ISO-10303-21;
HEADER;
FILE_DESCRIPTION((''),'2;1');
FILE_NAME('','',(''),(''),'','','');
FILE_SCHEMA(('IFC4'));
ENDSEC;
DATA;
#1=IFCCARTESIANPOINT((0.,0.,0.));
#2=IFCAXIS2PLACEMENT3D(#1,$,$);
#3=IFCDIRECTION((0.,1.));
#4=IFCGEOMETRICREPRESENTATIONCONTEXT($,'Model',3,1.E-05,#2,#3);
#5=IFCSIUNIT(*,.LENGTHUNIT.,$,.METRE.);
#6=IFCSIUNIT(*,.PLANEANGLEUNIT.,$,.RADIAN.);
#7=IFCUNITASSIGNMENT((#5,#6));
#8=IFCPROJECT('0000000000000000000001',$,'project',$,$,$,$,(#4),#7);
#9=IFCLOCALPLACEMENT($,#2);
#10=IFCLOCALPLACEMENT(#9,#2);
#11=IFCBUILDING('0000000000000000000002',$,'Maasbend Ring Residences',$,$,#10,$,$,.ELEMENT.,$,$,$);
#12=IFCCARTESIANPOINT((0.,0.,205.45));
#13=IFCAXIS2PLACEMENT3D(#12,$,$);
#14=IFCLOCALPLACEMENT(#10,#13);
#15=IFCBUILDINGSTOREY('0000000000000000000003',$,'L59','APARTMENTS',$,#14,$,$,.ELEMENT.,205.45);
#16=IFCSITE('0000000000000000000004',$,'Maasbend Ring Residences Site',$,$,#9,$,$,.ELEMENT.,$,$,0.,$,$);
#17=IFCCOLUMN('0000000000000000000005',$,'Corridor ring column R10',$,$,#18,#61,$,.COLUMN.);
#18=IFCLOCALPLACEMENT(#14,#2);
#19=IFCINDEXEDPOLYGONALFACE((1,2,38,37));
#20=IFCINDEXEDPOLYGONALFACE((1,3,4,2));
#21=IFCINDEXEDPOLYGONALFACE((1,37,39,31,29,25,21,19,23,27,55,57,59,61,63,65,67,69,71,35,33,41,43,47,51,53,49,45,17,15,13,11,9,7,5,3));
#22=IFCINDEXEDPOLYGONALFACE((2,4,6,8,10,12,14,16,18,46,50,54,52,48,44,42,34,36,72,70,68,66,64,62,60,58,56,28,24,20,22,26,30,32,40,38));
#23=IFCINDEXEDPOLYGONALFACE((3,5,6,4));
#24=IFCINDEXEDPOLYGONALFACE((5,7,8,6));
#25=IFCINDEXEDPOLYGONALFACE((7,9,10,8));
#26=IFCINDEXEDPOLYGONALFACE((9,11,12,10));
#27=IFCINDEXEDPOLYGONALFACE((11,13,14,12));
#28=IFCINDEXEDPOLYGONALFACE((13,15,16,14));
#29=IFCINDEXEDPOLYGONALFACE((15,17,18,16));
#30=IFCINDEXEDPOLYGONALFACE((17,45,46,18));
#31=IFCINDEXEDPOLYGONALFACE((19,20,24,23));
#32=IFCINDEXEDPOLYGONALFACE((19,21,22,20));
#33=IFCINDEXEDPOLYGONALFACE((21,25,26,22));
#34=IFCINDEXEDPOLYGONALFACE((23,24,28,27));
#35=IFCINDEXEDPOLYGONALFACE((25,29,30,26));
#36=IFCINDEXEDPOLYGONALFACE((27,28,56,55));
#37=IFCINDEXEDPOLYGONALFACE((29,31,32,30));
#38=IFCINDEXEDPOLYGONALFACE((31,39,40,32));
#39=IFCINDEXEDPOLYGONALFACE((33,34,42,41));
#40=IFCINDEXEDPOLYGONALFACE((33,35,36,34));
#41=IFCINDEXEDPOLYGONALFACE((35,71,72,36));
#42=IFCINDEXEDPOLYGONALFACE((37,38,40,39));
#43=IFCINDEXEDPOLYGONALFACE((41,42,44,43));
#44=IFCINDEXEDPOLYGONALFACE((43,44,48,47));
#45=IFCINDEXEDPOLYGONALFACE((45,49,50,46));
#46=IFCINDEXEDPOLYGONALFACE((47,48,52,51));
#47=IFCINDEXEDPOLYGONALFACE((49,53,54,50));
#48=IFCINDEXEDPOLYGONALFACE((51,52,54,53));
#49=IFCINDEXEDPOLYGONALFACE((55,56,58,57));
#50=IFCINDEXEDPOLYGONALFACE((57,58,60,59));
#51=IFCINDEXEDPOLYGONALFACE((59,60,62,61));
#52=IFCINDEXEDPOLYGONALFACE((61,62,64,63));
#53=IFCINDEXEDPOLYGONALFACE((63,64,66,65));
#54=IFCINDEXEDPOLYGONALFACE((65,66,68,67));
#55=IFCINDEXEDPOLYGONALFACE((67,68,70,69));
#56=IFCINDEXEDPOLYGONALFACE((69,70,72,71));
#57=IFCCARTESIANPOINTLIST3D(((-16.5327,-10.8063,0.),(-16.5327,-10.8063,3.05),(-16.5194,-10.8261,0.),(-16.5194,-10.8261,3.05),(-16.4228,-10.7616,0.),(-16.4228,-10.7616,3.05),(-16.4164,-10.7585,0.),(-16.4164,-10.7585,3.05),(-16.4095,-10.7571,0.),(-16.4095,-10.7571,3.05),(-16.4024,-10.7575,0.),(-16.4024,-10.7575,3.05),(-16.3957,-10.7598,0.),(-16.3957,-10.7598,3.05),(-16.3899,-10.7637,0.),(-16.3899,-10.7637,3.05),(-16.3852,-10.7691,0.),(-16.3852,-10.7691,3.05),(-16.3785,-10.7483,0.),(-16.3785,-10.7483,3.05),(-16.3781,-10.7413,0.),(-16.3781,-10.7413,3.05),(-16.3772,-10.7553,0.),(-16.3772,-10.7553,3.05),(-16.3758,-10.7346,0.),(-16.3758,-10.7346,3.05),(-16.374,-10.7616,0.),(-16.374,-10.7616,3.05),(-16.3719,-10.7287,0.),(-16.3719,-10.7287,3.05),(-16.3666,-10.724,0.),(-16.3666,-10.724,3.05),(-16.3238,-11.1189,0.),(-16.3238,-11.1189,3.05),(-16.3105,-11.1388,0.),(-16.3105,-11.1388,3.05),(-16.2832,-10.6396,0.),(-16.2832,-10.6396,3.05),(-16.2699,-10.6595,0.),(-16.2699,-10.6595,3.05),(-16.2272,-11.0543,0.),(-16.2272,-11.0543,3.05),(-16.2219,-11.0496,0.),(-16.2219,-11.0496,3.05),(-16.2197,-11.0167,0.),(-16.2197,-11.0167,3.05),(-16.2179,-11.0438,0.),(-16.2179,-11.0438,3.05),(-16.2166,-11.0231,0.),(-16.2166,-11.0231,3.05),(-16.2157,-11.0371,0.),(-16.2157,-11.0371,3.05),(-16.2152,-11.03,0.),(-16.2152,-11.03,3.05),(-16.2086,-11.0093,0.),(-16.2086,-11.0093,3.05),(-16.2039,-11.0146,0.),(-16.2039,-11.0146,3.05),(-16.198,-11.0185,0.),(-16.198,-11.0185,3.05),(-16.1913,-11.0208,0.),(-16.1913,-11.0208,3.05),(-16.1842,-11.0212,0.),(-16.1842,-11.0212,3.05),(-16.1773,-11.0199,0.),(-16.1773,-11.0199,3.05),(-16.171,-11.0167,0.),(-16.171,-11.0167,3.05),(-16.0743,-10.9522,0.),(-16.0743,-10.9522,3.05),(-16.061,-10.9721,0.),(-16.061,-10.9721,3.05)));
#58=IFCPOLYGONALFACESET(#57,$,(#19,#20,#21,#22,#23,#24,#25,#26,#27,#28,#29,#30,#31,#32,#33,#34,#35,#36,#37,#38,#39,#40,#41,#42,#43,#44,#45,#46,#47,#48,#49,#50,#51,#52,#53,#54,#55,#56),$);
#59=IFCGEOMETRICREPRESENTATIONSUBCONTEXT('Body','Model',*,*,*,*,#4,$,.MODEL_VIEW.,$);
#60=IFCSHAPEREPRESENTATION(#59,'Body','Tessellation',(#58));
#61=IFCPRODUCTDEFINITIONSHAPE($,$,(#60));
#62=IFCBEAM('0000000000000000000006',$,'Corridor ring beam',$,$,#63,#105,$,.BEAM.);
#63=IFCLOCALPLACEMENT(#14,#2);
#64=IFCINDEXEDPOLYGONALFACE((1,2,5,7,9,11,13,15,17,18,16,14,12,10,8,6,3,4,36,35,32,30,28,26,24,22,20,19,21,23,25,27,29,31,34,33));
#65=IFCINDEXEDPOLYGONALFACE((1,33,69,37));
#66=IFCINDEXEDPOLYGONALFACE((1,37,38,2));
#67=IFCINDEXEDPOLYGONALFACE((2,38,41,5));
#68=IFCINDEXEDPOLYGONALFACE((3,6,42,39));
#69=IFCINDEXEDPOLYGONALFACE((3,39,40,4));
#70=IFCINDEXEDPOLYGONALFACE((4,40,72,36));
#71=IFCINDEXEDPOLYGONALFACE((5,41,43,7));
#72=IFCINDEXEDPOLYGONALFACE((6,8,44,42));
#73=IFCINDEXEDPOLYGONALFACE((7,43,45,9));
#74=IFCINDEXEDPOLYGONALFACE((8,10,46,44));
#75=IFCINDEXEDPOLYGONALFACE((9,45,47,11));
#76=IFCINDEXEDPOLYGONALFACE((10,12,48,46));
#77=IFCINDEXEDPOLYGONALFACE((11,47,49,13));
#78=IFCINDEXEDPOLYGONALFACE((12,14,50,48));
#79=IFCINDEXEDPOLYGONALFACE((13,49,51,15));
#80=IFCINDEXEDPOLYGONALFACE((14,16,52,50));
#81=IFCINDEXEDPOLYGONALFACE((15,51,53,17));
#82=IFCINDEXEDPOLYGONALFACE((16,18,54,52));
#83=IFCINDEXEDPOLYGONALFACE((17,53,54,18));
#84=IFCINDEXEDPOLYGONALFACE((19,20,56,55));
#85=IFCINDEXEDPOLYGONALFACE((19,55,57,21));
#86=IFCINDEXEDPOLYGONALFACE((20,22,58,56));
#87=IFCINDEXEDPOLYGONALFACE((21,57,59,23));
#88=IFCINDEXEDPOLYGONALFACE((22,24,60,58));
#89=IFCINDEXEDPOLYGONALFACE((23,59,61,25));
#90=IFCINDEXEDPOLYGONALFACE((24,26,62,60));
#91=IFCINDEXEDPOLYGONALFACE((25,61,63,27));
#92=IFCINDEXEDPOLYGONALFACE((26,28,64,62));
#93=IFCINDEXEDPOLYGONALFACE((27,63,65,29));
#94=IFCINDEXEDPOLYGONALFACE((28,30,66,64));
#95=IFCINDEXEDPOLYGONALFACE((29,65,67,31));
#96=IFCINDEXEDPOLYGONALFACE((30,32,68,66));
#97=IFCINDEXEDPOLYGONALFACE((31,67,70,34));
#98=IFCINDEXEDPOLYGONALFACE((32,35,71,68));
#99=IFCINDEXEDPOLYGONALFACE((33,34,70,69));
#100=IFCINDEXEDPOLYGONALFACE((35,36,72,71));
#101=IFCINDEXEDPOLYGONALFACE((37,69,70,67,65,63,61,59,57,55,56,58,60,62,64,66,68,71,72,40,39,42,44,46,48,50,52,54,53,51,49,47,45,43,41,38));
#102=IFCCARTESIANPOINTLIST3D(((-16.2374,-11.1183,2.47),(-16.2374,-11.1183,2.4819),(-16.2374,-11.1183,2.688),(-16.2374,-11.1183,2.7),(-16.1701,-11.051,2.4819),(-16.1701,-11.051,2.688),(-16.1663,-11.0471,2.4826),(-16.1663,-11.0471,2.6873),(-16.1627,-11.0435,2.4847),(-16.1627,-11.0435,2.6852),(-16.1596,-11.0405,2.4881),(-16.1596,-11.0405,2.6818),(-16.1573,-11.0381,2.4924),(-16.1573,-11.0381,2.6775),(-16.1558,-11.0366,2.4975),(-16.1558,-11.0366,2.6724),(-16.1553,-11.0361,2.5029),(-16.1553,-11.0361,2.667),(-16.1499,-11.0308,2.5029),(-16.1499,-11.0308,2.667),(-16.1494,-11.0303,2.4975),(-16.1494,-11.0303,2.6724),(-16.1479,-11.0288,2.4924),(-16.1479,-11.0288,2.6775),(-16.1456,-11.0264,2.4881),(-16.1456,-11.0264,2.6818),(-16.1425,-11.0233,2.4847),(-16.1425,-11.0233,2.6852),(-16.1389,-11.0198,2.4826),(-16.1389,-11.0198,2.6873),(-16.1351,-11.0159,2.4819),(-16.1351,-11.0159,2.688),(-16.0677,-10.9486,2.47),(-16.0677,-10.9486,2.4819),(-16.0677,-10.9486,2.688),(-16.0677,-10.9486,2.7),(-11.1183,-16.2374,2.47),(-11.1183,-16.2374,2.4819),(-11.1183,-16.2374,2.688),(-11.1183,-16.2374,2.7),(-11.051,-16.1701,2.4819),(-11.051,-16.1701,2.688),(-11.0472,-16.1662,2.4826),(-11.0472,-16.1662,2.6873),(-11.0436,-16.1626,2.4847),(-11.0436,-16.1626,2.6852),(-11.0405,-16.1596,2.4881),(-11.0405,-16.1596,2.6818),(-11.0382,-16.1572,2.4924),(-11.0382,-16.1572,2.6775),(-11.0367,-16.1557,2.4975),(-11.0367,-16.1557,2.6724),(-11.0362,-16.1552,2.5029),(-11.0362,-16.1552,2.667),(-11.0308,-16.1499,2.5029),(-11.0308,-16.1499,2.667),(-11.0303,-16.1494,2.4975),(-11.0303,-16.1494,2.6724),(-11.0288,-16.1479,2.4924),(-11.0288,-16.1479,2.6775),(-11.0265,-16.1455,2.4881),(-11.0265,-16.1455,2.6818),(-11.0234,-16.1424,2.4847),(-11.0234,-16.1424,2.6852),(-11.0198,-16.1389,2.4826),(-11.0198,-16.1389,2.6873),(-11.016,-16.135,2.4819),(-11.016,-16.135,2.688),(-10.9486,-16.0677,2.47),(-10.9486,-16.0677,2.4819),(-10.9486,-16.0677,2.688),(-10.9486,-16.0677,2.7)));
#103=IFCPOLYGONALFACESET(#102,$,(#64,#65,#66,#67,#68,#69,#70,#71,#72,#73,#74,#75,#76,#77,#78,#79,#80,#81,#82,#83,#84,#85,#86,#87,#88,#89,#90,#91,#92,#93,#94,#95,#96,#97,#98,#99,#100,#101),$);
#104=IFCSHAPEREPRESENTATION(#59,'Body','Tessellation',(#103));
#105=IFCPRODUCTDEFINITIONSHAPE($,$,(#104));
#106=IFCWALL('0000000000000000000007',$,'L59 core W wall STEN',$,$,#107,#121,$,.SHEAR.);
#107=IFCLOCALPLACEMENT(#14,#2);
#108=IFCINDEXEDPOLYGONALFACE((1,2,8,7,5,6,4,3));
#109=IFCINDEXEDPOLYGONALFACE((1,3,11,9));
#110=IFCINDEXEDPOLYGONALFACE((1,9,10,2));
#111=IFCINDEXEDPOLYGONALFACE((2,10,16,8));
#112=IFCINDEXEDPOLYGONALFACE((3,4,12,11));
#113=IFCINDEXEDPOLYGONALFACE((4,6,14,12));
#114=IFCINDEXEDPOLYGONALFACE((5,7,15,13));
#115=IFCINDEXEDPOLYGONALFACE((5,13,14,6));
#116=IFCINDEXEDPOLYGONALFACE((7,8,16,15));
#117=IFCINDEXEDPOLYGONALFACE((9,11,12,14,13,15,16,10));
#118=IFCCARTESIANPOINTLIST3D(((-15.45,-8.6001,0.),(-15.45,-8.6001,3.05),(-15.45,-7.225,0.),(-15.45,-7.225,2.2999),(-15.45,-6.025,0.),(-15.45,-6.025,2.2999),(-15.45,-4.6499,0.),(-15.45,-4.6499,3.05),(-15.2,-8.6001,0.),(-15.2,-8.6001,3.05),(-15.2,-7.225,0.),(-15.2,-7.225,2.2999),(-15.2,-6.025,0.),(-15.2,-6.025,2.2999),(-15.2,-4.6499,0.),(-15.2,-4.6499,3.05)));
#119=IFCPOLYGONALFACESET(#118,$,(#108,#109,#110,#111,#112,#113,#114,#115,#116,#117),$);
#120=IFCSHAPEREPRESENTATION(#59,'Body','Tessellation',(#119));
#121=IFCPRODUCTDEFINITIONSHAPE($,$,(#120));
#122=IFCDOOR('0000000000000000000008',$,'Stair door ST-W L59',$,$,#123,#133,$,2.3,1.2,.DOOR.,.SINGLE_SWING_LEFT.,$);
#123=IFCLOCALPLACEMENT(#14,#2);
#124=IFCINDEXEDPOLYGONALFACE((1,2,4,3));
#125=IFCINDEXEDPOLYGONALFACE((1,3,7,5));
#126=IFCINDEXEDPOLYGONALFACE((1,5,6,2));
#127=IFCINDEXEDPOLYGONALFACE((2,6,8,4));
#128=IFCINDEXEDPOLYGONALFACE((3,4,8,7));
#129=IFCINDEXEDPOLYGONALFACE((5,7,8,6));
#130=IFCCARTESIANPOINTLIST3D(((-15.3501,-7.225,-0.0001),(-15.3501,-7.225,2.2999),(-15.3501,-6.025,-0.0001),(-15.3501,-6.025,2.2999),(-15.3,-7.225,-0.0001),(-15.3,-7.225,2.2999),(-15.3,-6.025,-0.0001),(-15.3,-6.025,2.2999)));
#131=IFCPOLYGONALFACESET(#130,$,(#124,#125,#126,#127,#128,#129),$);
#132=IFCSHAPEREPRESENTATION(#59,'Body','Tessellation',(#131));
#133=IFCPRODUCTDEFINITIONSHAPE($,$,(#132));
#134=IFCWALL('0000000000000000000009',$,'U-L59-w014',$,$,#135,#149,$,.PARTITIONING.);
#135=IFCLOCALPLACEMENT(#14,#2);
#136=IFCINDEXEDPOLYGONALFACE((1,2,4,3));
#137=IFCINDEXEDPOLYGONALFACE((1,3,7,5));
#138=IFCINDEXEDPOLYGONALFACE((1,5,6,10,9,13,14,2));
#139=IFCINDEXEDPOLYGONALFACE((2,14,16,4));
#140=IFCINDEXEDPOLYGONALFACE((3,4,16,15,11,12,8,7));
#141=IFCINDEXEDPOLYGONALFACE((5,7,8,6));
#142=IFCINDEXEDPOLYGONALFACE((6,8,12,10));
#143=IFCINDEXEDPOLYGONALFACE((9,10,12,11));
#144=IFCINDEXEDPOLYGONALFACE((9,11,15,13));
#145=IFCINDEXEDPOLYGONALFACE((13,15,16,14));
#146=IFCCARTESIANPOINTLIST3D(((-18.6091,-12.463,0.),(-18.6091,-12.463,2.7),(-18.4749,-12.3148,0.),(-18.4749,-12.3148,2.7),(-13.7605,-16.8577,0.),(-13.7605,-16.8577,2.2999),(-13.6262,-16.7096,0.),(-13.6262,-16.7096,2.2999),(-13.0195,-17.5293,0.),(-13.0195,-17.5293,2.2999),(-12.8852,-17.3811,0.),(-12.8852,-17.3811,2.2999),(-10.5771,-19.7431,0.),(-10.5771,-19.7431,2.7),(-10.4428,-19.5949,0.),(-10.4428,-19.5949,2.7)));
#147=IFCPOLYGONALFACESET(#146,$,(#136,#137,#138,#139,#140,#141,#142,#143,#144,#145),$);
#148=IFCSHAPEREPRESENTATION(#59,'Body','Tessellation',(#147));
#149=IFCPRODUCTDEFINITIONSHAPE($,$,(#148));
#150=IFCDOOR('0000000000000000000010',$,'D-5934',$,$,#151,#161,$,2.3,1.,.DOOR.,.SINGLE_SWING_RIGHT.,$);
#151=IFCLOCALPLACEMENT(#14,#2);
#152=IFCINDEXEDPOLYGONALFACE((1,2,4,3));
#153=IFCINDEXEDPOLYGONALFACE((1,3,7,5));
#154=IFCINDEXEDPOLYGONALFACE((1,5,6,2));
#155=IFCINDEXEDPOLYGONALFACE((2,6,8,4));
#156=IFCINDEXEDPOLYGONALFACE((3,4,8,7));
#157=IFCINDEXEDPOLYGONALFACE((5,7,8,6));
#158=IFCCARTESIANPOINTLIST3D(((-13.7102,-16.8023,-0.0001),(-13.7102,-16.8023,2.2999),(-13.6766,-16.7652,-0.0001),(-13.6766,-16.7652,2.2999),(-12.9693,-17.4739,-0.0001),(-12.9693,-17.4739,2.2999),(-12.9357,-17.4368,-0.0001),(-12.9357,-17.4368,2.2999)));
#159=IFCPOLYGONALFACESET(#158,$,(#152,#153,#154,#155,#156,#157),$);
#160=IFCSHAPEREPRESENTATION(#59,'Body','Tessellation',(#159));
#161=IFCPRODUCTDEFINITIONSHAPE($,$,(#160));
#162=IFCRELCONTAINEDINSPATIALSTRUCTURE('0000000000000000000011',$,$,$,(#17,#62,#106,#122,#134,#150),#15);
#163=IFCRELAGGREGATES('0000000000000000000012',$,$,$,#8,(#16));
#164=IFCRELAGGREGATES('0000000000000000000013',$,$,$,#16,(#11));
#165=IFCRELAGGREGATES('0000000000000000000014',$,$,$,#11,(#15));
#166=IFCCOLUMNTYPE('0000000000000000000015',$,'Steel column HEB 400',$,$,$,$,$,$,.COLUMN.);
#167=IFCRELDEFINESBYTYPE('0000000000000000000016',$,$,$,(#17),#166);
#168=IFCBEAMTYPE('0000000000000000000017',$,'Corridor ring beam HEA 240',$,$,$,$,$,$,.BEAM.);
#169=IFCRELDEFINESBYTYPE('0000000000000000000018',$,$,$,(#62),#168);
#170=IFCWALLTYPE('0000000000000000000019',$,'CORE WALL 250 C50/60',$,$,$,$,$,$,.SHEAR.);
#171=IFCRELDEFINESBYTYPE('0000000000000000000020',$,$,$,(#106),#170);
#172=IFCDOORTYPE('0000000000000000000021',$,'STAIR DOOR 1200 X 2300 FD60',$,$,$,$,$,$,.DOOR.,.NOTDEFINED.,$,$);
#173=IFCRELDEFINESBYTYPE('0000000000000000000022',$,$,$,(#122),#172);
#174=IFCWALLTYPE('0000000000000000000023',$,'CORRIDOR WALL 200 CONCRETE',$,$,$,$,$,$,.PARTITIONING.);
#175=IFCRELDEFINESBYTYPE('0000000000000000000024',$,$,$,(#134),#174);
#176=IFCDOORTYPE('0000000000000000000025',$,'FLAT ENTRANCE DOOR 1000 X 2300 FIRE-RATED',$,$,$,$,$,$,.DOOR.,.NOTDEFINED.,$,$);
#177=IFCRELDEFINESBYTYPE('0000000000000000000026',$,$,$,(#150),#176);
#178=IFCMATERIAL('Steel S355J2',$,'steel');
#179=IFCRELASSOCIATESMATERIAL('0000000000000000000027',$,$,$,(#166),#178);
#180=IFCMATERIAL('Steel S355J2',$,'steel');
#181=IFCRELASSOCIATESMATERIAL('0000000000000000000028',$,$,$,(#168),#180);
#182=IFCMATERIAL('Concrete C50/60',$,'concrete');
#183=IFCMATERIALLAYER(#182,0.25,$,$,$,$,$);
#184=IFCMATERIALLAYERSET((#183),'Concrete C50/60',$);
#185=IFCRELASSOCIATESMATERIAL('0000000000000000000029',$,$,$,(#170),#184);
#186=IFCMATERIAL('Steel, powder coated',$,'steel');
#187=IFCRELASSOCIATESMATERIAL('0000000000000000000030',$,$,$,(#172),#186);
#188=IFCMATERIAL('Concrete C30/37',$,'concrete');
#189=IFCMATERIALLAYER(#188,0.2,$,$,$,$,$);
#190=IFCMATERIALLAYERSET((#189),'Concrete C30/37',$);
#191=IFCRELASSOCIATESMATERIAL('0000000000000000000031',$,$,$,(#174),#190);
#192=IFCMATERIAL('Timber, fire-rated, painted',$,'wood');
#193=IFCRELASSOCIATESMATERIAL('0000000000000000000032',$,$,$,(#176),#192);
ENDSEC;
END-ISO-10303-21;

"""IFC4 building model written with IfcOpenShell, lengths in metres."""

from ifc_helpers import new_model, si_unit, direction, frame, frame_2d, origin, origin_2d, place, context, subcontext, project, spatial, rectangle, i_section, extrude, material, layer, layer_set, material_profile, profile_set, type_object, element, fill, save


model = new_model("IFC4")

# Units and contexts
model_context = context("Model", 3, precision=1e-05, world=origin(), true_north=direction((0.0, 1.0)))
body_context = subcontext(model_context, "Body", "Model", "MODEL_VIEW")
ifc_project = project(units=[si_unit("LENGTHUNIT", "METRE"), si_unit("PLANEANGLEUNIT", "RADIAN")], contexts=[model_context])

# Site, building, storey
site_placement = place(None, origin())
site = spatial("IfcSite", under=ifc_project, at=site_placement, Name="Maasbend Ring Residences Site", CompositionType="ELEMENT", RefElevation=0.0)
building_placement = place(site_placement, origin())
building = spatial("IfcBuilding", under=site, at=building_placement, Name="Maasbend Ring Residences", CompositionType="ELEMENT")
storey_placement = place(building_placement, frame((0.0, 0.0, 205.45)))
storey = spatial("IfcBuildingStorey", under=building, at=storey_placement, Name="L59", Description="APARTMENTS", CompositionType="ELEMENT", Elevation=205.45)

# Column
ifc_material_1 = material(Name="Steel S355J2", Category="steel")
ifc_material_profile_1 = material_profile(ifc_material_1, i_section(OverallWidth=0.3, OverallDepth=0.3999, WebThickness=0.0134, FlangeThickness=0.0239, FilletRadius=0.0271, at=origin_2d()), Name="HEB 400")
ifc_profile_set_1 = profile_set([ifc_material_profile_1], Name="Steel S355J2")
column_type = type_object("IfcColumnType", Name="Steel column HEB 400", PredefinedType="COLUMN", material=ifc_profile_set_1)
column_placement = place(storey_placement, frame((-16.2969, -10.8892, 0.0), z_axis=(0.0, 0.0, 1.0), x_axis=(-0.83147, -0.55557, 0.0)))
element("IfcColumn", 1, at=column_placement, inside=storey, type_object=column_type, Name="Corridor ring column R10", PredefinedType="COLUMN", context=body_context, shape_type="SweptSolid", body=[
    extrude(i_section(OverallWidth=0.3, OverallDepth=0.3999, WebThickness=0.0134, FlangeThickness=0.0239, FilletRadius=0.0271, at=origin_2d()), origin(), (0.0, 0.0, 1.0), 3.05),
])

# Beam
ifc_material_2 = material(Name="Steel S355J2", Category="steel")
ifc_material_profile_2 = material_profile(ifc_material_2, i_section(OverallWidth=0.24, OverallDepth=0.23, WebThickness=0.0076, FlangeThickness=0.012, FilletRadius=0.021, at=origin_2d()), Name="HEA 240")
ifc_profile_set_2 = profile_set([ifc_material_profile_2], Name="Steel S355J2")
beam_type = type_object("IfcBeamType", Name="Corridor ring beam HEA 240", PredefinedType="BEAM", material=ifc_profile_set_2)
beam_placement = place(storey_placement, frame((-16.1526, -11.0334, 2.585), z_axis=(0.707107, -0.707107, 0.0), x_axis=(0.707107, 0.707107, 0.0)))
element("IfcBeam", 2, at=beam_placement, inside=storey, type_object=beam_type, Name="Corridor ring beam", PredefinedType="BEAM", context=body_context, shape_type="SweptSolid", body=[
    extrude(i_section(OverallWidth=0.24, OverallDepth=0.23, WebThickness=0.0076, FlangeThickness=0.012, FilletRadius=0.021, at=origin_2d()), origin(), (0.0, 0.0, 1.0), 7.2395),
])

# Walls, openings, doors
ifc_material_3 = material(Name="Concrete C50/60", Category="concrete")
ifc_layer_1 = layer(ifc_material_3, 0.25)
ifc_layer_set_1 = layer_set([ifc_layer_1], Name="Concrete C50/60")
wall_type_1 = type_object("IfcWallType", Name="CORE WALL 250 C50/60", PredefinedType="SHEAR", material=ifc_layer_set_1)
wall_1_placement = place(storey_placement, frame((-15.325, -4.6499, 0.0), z_axis=(0.0, 0.0, 1.0), x_axis=(0.0, -1.0, 0.0)))
wall_1 = element("IfcWall", 3, at=wall_1_placement, inside=storey, type_object=wall_type_1, Name="L59 core W wall STEN", PredefinedType="SHEAR", context=body_context, shape_type="SweptSolid", body=[
    extrude(rectangle(XDim=3.9502, YDim=0.25, at=frame_2d((1.9751, 0.0))), origin(), (0.0, 0.0, 1.0), 3.05),
])
opening_1_placement = place(wall_1_placement, frame((1.375, 0.0, 0.0)))
opening_1 = element("IfcOpeningElement", 4, at=opening_1_placement, cuts=wall_1, PredefinedType="OPENING", context=body_context, shape_type="SweptSolid", body=[
    extrude(rectangle(XDim=1.2, YDim=2.3, at=frame_2d((0.6001, 1.1499))), frame((0.0, 0.135, 0.0), z_axis=(0.0, -1.0, 0.0), x_axis=(1.0, 0.0, 0.0)), (0.0, 0.0, 1.0), 0.27),
])
ifc_material_4 = material(Name="Steel, powder coated", Category="steel")
door_type_1 = type_object("IfcDoorType", Name="STAIR DOOR 1200 X 2300 FD60", OperationType="NOTDEFINED", PredefinedType="DOOR", material=ifc_material_4)
door_1_placement = place(opening_1_placement, origin())
door_1 = element("IfcDoor", 5, at=door_1_placement, inside=storey, type_object=door_type_1, Name="Stair door ST-W L59", OperationType="SINGLE_SWING_LEFT", OverallHeight=2.3, OverallWidth=1.2, PredefinedType="DOOR", context=body_context, shape_type="SweptSolid", body=[
    extrude(rectangle(XDim=1.2, YDim=2.3, at=frame_2d((0.6001, 1.1499))), frame((0.0, 0.0249, 0.0), z_axis=(0.0, -1.0, 0.0), x_axis=(1.0, 0.0, 0.0)), (0.0, 0.0, 1.0), 0.05),
])
fill(opening_1, door_1)
ifc_material_5 = material(Name="Concrete C30/37", Category="concrete")
ifc_layer_2 = layer(ifc_material_5, 0.2)
ifc_layer_set_2 = layer_set([ifc_layer_2], Name="Concrete C30/37")
wall_type_2 = type_object("IfcWallType", Name="CORRIDOR WALL 200 CONCRETE", PredefinedType="PARTITIONING", material=ifc_layer_set_2)
wall_2_placement = place(storey_placement, frame((-18.542, -12.3889, 0.0), z_axis=(0.0, 0.0, 1.0), x_axis=(0.740939, -0.671572, 0.0)))
wall_2 = element("IfcWall", 6, at=wall_2_placement, inside=storey, type_object=wall_type_2, Name="U-L59-w014", PredefinedType="PARTITIONING", context=body_context, shape_type="SweptSolid", body=[
    extrude(rectangle(XDim=10.8403, YDim=0.2, at=frame_2d((5.4202, 0.0))), origin(), (0.0, 0.0, 1.0), 2.7),
])
opening_2_placement = place(wall_2_placement, frame((6.5439, 0.0, 0.0)))
opening_2 = element("IfcOpeningElement", 7, at=opening_2_placement, cuts=wall_2, PredefinedType="OPENING", context=body_context, shape_type="SweptSolid", body=[
    extrude(rectangle(XDim=1.0, YDim=2.3, at=frame_2d((0.5, 1.1499))), frame((0.0, 0.1099, 0.0), z_axis=(0.0, -1.0, 0.0), x_axis=(1.0, 0.0, 0.0)), (0.0, 0.0, 1.0), 0.22),
])
ifc_material_6 = material(Name="Timber, fire-rated, painted", Category="wood")
door_type_2 = type_object("IfcDoorType", Name="FLAT ENTRANCE DOOR 1000 X 2300 FIRE-RATED", OperationType="NOTDEFINED", PredefinedType="DOOR", material=ifc_material_6)
door_2_placement = place(opening_2_placement, origin())
door_2 = element("IfcDoor", 8, at=door_2_placement, inside=storey, type_object=door_type_2, Name="D-5934", OperationType="SINGLE_SWING_RIGHT", OverallHeight=2.3, OverallWidth=1.0, PredefinedType="DOOR", context=body_context, shape_type="SweptSolid", body=[
    extrude(rectangle(XDim=1.0, YDim=2.3, at=frame_2d((0.5, 1.1499))), frame((0.0, 0.0249, 0.0), z_axis=(0.0, -1.0, 0.0), x_axis=(1.0, 0.0, 0.0)), (0.0, 0.0, 1.0), 0.05),
])
fill(opening_2, door_2)

save(model, "model.ifc")
